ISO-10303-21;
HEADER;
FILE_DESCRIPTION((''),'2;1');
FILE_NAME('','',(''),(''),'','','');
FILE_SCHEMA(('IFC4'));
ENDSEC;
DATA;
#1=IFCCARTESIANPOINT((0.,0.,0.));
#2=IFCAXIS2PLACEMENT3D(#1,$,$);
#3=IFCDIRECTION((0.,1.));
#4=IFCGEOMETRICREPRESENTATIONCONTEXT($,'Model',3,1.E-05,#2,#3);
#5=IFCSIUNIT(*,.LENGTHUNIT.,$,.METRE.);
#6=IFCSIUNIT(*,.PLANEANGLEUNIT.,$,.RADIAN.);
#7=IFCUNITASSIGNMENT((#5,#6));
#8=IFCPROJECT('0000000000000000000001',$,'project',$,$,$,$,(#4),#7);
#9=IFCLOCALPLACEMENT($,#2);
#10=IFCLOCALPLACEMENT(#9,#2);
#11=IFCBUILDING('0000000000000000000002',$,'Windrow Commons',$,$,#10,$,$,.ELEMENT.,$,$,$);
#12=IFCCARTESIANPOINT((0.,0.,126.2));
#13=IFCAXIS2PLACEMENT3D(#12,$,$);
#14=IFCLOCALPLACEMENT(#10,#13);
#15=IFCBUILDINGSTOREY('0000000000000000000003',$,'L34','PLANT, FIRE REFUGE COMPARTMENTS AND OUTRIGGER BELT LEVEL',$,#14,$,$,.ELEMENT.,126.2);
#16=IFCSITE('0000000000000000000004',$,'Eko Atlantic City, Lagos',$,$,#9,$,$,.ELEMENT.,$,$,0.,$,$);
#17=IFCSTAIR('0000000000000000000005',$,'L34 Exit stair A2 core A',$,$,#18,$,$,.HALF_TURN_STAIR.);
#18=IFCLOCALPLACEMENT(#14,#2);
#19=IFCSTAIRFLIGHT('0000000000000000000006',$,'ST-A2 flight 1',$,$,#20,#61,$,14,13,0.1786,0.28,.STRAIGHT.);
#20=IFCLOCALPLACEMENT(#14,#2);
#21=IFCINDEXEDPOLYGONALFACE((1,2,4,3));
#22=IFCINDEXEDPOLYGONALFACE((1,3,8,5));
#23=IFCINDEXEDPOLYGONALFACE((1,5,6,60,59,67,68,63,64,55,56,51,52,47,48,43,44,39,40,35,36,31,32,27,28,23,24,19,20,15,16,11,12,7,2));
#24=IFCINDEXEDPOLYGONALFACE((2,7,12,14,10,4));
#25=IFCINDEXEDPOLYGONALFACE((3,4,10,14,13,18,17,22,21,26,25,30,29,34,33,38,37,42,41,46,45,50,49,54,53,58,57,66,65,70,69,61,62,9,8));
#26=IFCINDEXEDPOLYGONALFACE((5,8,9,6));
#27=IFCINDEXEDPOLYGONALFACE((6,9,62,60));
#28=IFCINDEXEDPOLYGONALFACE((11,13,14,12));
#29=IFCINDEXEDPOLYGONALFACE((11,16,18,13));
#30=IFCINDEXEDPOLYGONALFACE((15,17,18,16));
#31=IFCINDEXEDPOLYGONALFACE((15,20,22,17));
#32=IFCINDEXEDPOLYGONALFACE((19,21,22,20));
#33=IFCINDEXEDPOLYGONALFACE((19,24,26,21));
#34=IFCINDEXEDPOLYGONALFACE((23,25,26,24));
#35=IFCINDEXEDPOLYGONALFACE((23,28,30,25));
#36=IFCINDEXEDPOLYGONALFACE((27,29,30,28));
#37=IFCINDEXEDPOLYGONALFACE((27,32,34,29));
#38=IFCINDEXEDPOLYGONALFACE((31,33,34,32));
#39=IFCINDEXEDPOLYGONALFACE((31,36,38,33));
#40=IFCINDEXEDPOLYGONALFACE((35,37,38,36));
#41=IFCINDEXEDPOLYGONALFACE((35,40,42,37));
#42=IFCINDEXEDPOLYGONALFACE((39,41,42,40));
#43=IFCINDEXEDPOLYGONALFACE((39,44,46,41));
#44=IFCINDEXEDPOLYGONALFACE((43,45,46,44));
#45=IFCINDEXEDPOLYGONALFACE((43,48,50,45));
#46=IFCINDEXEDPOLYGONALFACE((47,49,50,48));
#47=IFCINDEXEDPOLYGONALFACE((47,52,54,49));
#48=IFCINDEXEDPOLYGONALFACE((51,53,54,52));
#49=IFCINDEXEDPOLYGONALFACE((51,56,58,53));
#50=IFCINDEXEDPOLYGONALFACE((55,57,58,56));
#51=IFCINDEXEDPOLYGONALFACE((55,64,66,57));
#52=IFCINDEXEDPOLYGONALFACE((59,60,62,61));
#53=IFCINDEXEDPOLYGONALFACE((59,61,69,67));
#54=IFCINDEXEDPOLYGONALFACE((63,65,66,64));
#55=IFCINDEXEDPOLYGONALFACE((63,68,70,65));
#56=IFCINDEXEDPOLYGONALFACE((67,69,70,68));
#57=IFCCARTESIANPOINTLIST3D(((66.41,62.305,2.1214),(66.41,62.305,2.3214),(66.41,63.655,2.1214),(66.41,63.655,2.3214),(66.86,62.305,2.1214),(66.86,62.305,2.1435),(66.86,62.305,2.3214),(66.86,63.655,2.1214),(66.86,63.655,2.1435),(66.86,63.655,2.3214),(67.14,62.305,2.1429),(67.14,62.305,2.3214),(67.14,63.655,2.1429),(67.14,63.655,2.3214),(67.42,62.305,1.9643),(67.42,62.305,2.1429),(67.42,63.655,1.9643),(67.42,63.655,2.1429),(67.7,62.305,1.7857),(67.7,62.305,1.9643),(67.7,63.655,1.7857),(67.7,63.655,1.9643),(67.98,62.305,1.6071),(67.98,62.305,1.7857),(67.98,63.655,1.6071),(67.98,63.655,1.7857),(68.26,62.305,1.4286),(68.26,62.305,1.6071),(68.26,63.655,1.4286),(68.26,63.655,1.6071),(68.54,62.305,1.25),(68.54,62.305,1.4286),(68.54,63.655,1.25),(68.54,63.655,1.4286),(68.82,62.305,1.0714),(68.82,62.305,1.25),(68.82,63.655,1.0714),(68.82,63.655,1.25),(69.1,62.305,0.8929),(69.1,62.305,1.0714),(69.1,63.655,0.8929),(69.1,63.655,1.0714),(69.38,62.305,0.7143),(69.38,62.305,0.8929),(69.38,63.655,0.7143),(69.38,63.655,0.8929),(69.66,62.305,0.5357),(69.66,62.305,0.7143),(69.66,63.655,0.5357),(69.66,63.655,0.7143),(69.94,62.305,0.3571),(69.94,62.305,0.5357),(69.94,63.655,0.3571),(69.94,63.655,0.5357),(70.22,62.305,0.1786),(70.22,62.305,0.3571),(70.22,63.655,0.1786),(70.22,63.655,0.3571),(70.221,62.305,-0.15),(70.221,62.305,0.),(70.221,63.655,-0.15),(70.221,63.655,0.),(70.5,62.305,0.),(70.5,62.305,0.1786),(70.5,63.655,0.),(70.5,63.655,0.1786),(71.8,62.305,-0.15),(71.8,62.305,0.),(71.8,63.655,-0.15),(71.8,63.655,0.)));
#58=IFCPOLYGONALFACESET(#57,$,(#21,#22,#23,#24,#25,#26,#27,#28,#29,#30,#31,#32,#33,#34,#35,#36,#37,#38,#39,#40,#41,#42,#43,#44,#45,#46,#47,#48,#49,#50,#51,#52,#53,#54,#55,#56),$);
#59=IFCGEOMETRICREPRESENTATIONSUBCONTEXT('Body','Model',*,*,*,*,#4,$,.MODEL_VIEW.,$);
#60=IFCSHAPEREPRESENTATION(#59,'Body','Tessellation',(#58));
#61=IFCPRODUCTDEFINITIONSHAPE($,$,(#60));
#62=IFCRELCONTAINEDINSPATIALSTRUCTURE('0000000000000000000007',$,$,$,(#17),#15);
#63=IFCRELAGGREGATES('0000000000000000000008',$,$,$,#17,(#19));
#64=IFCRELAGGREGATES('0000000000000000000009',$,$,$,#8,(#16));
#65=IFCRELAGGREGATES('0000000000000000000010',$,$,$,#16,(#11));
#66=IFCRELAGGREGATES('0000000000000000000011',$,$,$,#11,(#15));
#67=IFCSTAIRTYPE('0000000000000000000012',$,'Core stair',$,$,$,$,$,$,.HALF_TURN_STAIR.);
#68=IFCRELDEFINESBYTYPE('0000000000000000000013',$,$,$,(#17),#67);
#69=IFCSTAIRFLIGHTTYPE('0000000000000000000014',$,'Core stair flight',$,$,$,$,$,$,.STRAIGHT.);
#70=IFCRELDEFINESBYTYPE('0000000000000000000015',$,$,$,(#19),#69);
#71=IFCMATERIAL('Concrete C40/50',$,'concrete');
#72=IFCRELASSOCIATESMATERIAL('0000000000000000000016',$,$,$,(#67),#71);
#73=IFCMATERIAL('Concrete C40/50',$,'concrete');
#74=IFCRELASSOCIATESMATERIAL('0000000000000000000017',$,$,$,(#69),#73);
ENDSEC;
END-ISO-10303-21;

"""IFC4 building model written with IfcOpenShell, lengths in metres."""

from ifc_helpers import new_model, si_unit, direction, frame, origin, place, context, subcontext, project, spatial, polyline, outline, extrude, material, type_object, element, aggregate, save


model = new_model("IFC4")

# Units and contexts
model_context = context("Model", 3, precision=1e-05, world=origin(), true_north=direction((0.0, 1.0)))
body_context = subcontext(model_context, "Body", "Model", "MODEL_VIEW")
ifc_project = project(units=[si_unit("LENGTHUNIT", "METRE"), si_unit("PLANEANGLEUNIT", "RADIAN")], contexts=[model_context])

# Site, building, storey
site_placement = place(None, origin())
site = spatial("IfcSite", under=ifc_project, at=site_placement, Name="Eko Atlantic City, Lagos", CompositionType="ELEMENT", RefElevation=0.0)
building_placement = place(site_placement, origin())
building = spatial("IfcBuilding", under=site, at=building_placement, Name="Windrow Commons", CompositionType="ELEMENT")
storey_placement = place(building_placement, frame((0.0, 0.0, 126.2)))
storey = spatial("IfcBuildingStorey", under=building, at=storey_placement, Name="L34", Description="PLANT, FIRE REFUGE COMPARTMENTS AND OUTRIGGER BELT LEVEL", CompositionType="ELEMENT", Elevation=126.2)

# Stair, stair flight
ifc_material_1 = material(Name="Concrete C40/50", Category="concrete")
stair_type = type_object("IfcStairType", Name="Core stair", PredefinedType="HALF_TURN_STAIR", material=ifc_material_1)
stair_placement = place(storey_placement, origin())
stair = element("IfcStair", 1, at=stair_placement, inside=storey, type_object=stair_type, Name="L34 Exit stair A2 core A", PredefinedType="HALF_TURN_STAIR")
ifc_material_2 = material(Name="Concrete C40/50", Category="concrete")
stair_flight_type = type_object("IfcStairFlightType", Name="Core stair flight", PredefinedType="STRAIGHT", material=ifc_material_2)
stair_flight_placement = place(storey_placement, frame((70.5, 62.98, 0.0), z_axis=(0.0, 0.0, 1.0), x_axis=(-1.0, 0.0, 0.0)))
stair_flight = element("IfcStairFlight", 2, at=stair_flight_placement, type_object=stair_flight_type, Name="ST-A2 flight 1", NumberOfRisers=14, NumberOfTreads=13, PredefinedType="STRAIGHT", RiserHeight=0.1786, TreadLength=0.28, context=body_context, shape_type="SweptSolid", body=[
    extrude(outline(polyline([(-1.3, -0.15), (-1.3, 0.0), (0.0, 0.0), (0.0, 0.1786), (0.28, 0.1786), (0.28, 0.3571), (0.56, 0.3571), (0.56, 0.5357), (0.84, 0.5357), (0.84, 0.7143), (1.12, 0.7143), (1.12, 0.8929), (1.4, 0.8929), (1.4, 1.0714), (1.68, 1.0714), (1.68, 1.25), (1.96, 1.25), (1.96, 1.4286), (2.24, 1.4286), (2.24, 1.6071), (2.52, 1.6071), (2.52, 1.7857), (2.8, 1.7857), (2.8, 1.9643), (3.08, 1.9643), (3.08, 2.1429), (3.36, 2.1429), (3.36, 2.3214), (3.64, 2.3214), (4.09, 2.3214), (4.09, 2.1214), (3.64, 2.1214), (3.64, 2.1435), (0.279, 0.0), (0.279, -0.15), (-1.3, -0.15)])), frame((0.0, 0.675, 0.0), z_axis=(0.0, -1.0, 0.0), x_axis=(1.0, 0.0, 0.0)), (0.0, 0.0, 1.0), 1.35),
])
aggregate(stair, [stair_flight])

save(model, "model.ifc")
